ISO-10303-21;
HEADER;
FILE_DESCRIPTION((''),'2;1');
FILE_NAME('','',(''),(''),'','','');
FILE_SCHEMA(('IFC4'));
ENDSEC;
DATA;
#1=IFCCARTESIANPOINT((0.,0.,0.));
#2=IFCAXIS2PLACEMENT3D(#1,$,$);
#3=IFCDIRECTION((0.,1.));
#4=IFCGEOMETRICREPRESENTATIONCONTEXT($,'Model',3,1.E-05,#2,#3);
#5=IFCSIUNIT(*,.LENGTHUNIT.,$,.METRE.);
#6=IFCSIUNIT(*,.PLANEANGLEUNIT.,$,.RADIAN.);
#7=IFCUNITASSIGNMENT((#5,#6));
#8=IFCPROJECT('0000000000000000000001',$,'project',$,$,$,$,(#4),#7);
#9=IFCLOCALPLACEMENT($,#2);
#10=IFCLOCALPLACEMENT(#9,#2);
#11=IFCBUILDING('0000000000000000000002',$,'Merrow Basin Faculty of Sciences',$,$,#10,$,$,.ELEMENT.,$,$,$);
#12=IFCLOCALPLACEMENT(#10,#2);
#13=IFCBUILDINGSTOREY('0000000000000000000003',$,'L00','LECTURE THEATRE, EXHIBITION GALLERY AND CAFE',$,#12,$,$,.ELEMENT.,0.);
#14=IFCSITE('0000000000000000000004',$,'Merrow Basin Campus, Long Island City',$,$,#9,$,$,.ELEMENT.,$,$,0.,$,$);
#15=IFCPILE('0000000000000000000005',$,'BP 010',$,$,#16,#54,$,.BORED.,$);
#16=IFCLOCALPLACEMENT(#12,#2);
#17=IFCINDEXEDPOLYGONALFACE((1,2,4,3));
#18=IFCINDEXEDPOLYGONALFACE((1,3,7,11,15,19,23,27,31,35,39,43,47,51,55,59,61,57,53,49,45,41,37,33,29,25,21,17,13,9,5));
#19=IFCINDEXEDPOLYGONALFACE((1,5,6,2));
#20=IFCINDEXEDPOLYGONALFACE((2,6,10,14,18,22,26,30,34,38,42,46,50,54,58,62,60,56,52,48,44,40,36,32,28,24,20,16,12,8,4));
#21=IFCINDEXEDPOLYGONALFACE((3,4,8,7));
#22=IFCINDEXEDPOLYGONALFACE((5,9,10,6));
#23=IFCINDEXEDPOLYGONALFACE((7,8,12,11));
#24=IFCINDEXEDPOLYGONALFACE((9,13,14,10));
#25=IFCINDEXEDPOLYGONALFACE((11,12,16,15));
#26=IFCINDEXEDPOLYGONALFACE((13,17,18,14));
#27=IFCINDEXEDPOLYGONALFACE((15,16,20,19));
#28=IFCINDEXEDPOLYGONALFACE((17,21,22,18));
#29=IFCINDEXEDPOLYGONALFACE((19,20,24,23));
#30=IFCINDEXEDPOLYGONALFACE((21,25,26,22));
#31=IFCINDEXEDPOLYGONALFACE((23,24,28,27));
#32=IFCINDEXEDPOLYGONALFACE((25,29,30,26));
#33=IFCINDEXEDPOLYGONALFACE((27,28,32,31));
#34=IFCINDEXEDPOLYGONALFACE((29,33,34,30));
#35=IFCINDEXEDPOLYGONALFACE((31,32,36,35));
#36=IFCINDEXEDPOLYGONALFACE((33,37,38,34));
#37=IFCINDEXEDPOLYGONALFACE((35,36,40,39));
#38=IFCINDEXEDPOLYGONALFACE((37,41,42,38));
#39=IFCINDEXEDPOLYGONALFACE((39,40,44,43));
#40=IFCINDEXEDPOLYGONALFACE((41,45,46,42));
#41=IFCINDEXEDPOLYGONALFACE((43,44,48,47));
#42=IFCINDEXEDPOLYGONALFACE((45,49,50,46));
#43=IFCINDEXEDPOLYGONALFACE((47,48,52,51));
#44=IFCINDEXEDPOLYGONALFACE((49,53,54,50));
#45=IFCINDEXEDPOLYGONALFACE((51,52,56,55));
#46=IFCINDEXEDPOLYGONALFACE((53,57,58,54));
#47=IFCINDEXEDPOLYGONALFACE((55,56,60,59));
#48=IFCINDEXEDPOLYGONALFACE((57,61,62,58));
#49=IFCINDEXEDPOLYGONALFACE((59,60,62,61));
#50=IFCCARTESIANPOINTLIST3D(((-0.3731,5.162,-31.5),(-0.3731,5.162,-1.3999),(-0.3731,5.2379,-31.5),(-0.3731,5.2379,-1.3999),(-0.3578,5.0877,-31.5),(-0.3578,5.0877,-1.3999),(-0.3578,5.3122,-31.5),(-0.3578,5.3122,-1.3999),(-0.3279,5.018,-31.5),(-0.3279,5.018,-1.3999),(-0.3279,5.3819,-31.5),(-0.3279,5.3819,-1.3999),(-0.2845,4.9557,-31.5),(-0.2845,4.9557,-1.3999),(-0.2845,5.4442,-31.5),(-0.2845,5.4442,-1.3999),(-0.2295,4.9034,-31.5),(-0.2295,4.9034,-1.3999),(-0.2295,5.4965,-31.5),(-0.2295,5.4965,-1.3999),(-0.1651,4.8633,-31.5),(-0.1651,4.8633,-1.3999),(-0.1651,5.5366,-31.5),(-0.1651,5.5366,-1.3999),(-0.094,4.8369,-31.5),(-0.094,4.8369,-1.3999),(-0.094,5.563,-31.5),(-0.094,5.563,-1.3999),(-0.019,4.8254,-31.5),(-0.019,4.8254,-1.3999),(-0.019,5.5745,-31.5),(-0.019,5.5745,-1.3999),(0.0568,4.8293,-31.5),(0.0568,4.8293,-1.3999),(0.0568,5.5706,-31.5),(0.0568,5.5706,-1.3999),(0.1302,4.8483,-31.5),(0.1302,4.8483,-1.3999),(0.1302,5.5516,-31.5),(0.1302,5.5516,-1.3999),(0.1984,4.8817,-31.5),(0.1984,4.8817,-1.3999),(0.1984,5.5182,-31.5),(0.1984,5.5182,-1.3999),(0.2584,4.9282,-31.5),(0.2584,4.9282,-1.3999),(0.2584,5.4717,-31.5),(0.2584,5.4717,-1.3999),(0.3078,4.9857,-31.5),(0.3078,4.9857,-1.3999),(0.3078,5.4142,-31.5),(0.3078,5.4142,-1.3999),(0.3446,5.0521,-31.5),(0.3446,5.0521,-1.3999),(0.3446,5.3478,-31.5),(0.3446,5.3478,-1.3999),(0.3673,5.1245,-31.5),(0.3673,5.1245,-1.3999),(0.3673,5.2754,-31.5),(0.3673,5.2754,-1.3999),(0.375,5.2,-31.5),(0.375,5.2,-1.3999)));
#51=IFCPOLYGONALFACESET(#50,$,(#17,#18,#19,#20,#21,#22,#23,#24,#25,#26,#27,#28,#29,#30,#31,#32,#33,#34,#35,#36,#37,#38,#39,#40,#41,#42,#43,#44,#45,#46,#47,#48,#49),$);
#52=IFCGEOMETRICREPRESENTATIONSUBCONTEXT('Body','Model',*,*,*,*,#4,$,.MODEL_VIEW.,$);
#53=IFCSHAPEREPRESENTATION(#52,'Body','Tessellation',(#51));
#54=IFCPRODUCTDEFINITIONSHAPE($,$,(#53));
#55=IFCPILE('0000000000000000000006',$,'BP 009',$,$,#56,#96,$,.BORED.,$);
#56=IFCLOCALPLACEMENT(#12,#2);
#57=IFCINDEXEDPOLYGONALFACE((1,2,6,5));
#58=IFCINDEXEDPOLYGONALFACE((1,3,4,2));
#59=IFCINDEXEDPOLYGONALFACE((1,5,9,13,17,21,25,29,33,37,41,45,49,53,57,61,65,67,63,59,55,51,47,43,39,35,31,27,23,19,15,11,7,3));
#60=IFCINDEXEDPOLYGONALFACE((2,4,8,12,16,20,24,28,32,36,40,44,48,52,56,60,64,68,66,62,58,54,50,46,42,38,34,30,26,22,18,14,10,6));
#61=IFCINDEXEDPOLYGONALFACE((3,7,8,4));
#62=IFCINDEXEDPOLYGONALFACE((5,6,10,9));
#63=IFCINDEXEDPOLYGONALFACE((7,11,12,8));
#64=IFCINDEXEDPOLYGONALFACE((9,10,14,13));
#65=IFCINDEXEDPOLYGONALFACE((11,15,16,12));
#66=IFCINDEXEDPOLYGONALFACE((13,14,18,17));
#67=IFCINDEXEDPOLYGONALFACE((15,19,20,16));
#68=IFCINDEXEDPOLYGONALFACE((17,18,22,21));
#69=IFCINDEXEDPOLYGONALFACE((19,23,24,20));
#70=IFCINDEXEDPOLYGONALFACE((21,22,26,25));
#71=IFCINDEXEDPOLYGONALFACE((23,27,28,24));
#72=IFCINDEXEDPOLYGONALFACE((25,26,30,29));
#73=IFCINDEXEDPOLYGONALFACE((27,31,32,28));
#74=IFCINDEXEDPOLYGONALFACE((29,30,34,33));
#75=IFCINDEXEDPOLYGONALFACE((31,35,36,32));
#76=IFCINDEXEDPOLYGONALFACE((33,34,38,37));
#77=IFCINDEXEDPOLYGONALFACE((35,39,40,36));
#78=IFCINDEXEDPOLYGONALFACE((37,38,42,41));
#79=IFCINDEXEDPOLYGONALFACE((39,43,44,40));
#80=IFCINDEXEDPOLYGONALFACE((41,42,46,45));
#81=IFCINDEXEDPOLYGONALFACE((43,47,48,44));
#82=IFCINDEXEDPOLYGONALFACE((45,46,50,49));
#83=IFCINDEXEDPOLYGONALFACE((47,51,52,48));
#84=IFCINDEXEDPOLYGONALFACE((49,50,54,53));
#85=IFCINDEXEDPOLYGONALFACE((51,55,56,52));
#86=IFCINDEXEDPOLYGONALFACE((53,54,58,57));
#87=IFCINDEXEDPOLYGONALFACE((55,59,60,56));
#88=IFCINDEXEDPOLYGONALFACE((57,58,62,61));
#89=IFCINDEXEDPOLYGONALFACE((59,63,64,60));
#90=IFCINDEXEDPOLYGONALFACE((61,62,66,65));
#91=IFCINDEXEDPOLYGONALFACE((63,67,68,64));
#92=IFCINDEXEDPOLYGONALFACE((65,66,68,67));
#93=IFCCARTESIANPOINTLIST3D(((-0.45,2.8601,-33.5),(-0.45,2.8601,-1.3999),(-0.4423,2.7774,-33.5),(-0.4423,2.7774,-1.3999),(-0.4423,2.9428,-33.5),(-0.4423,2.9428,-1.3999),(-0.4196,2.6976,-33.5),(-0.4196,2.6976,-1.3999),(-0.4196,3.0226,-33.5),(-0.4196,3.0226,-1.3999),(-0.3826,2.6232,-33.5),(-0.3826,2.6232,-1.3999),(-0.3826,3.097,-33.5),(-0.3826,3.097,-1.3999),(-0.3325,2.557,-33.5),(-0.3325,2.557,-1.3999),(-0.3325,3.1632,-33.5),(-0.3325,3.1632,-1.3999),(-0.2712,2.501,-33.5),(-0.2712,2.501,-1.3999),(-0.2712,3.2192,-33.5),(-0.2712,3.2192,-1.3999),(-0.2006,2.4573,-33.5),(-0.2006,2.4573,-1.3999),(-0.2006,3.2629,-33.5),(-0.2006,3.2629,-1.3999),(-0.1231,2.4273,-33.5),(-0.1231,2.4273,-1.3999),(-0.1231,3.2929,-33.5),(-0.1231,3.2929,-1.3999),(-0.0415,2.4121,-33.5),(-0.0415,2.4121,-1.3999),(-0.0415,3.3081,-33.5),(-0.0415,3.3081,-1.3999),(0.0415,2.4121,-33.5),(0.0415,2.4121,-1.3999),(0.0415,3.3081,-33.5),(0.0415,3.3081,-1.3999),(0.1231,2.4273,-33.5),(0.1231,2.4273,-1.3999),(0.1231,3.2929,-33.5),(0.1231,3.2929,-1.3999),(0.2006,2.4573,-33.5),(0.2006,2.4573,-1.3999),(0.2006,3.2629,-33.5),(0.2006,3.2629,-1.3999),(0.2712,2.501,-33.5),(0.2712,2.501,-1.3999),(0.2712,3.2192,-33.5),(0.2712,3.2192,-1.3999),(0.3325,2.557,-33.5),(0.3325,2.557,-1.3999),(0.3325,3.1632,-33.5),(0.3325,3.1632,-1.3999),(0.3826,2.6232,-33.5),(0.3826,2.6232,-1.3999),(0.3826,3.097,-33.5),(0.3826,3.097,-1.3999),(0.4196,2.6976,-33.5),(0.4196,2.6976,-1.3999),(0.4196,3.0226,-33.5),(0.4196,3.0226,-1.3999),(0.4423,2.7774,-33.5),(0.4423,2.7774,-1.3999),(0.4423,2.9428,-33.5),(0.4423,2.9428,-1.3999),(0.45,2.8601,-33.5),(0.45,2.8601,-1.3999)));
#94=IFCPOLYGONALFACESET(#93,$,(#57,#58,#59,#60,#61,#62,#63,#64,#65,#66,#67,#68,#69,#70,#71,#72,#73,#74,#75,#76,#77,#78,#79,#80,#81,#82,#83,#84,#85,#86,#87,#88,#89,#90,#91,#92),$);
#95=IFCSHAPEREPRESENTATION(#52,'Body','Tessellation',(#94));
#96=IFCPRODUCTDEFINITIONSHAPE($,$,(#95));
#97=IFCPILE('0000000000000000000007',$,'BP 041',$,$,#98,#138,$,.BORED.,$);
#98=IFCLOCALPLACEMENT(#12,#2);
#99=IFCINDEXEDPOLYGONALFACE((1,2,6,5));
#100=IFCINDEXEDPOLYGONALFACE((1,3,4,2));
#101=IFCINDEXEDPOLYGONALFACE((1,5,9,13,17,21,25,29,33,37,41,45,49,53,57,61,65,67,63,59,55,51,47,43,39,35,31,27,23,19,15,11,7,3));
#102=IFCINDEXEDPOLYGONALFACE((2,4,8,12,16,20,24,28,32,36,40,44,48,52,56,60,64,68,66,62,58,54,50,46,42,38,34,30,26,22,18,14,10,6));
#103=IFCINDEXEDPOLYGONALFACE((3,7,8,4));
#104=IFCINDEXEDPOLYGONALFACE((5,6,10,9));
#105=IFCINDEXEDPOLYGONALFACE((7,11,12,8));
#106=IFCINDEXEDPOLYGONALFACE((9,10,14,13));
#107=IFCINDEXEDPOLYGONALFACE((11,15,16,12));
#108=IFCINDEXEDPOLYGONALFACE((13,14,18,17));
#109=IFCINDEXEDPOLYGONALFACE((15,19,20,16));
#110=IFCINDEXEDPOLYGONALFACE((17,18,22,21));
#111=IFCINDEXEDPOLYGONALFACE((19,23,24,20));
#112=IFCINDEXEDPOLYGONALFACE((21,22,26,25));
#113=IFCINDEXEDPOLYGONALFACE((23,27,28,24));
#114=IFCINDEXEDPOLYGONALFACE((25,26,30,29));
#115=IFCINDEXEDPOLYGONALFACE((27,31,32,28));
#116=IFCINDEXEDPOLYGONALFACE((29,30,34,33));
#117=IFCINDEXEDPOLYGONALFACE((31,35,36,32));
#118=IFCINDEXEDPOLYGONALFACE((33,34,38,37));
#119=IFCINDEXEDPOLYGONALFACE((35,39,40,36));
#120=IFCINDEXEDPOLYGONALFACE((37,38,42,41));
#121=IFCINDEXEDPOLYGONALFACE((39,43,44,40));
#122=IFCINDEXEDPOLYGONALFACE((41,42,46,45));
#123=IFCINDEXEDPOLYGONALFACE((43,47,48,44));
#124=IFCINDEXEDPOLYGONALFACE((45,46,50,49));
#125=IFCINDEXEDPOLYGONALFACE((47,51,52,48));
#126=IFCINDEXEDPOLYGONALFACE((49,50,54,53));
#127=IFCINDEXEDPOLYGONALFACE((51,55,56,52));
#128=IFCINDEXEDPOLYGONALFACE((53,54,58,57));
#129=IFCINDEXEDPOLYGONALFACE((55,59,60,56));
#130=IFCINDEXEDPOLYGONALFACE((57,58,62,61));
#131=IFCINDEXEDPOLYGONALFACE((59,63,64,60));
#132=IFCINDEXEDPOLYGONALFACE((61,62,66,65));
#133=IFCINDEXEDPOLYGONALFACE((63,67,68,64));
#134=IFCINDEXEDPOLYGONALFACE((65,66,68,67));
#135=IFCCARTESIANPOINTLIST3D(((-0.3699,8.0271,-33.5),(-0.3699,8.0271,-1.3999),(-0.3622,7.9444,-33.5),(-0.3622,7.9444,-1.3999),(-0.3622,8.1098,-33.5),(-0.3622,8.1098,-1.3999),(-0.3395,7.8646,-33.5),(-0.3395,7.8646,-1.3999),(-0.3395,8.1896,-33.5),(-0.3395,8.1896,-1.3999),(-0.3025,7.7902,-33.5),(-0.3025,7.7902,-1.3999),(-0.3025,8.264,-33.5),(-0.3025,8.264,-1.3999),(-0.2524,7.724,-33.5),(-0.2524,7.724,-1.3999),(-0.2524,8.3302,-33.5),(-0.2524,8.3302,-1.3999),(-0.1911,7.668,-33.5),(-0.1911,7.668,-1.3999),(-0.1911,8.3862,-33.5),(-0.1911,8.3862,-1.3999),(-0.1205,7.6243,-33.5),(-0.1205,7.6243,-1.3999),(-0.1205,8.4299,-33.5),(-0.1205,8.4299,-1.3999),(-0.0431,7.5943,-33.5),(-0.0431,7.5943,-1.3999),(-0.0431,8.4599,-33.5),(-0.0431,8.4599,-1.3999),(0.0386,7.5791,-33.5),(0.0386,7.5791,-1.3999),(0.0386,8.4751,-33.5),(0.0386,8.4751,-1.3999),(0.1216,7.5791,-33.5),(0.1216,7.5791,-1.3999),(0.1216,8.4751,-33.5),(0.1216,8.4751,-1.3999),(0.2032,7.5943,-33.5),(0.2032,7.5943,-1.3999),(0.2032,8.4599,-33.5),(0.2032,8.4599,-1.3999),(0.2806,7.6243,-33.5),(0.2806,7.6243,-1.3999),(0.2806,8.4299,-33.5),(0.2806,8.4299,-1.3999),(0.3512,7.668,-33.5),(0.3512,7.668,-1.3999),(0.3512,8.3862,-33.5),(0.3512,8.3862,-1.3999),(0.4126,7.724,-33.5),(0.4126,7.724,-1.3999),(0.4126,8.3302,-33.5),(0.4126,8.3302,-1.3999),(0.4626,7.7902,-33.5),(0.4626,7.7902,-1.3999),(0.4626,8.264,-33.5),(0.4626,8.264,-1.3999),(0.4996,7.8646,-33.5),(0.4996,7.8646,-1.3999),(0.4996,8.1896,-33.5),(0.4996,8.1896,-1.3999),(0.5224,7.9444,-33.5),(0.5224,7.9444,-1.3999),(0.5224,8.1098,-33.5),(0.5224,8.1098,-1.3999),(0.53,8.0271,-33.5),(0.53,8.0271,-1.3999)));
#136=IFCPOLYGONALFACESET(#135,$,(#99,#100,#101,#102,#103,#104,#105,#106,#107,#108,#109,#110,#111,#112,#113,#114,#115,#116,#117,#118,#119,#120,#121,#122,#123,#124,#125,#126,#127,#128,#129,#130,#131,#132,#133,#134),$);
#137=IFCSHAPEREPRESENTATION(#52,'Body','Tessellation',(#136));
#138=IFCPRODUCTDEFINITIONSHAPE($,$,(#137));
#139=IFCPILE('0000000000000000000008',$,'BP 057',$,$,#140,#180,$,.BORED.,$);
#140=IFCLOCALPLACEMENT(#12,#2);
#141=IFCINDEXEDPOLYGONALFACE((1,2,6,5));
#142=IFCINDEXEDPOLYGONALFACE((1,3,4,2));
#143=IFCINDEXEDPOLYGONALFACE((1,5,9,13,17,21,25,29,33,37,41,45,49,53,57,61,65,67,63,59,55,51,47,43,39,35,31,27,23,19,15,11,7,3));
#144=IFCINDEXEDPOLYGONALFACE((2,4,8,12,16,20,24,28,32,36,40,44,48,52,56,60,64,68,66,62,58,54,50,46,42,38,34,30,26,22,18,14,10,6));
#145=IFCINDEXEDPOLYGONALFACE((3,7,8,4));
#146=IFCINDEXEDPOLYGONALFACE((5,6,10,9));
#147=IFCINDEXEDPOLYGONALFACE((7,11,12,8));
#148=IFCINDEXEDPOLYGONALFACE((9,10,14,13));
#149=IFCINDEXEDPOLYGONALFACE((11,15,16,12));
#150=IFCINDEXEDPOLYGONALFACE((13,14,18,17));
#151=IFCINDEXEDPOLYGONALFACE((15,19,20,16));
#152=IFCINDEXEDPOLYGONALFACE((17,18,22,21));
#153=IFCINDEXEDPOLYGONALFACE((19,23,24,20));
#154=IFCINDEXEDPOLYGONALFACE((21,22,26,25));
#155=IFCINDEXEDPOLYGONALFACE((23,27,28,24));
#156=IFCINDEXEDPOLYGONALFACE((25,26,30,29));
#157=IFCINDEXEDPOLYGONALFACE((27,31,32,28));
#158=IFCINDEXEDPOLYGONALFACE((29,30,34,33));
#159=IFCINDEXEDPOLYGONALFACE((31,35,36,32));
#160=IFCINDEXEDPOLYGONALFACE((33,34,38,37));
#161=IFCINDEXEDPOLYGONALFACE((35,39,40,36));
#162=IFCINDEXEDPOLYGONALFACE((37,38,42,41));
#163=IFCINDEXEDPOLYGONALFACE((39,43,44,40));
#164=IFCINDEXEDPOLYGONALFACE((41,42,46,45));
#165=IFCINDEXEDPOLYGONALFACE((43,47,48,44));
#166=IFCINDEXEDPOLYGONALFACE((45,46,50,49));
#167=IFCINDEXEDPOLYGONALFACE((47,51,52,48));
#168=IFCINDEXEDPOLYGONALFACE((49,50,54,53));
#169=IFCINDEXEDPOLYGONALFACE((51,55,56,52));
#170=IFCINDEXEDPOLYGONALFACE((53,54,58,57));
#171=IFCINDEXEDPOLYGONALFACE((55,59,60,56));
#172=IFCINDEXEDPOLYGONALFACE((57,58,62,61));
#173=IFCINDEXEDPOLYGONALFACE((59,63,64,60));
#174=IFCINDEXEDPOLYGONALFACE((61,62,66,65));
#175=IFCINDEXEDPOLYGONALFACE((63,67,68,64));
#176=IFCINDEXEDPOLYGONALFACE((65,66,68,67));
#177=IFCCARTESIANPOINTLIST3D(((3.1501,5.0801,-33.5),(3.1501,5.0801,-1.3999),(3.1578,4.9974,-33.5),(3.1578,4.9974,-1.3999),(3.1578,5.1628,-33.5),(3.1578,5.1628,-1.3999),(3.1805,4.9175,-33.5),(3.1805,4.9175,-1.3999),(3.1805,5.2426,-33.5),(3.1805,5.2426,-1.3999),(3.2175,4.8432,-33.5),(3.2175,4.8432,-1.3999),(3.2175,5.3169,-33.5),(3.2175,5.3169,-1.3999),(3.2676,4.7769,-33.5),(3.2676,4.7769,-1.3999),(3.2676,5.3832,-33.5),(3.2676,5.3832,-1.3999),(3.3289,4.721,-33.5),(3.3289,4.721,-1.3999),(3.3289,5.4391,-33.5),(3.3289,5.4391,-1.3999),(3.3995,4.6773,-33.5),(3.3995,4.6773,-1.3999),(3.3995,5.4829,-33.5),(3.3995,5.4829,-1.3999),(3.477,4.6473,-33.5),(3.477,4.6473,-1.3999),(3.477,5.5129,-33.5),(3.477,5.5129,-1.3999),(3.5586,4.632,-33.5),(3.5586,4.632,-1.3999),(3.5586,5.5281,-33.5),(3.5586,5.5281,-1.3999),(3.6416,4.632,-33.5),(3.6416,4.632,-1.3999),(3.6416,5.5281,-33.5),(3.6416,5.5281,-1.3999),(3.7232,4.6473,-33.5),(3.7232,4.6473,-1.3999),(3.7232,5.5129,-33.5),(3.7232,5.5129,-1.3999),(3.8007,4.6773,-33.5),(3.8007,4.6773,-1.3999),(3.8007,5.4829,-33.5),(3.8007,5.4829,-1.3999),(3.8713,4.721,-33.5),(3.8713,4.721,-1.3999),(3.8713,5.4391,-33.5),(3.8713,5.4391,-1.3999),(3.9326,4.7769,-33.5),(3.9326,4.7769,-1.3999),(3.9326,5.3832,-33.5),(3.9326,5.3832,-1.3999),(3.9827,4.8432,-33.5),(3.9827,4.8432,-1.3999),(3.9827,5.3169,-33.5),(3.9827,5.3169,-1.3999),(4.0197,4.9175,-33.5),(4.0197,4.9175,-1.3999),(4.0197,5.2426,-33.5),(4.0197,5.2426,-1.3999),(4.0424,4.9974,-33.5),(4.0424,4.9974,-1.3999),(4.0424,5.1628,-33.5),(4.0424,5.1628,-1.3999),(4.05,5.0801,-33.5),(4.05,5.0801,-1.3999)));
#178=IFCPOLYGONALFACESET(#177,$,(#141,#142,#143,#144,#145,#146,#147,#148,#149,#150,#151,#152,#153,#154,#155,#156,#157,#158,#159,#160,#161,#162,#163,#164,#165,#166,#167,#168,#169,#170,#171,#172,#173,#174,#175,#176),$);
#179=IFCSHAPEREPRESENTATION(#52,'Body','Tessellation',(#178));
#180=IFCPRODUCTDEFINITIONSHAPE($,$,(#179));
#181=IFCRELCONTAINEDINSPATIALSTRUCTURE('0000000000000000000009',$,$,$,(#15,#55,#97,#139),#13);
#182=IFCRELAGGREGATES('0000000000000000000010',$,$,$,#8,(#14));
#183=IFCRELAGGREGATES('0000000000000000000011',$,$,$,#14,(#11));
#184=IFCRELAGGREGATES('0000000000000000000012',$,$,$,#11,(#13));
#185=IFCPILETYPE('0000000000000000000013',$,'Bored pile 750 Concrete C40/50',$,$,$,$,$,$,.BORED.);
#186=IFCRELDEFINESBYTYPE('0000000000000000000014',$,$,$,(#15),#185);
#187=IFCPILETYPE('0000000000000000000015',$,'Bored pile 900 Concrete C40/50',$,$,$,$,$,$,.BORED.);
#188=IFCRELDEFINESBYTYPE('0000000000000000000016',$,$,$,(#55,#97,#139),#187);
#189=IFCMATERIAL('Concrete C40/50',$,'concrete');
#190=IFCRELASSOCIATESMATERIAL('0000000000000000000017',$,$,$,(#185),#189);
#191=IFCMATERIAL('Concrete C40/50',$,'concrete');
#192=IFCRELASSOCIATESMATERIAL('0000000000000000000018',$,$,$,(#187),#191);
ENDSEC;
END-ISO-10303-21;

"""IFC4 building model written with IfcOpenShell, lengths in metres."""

from ifc_helpers import new_model, si_unit, direction, frame, origin, origin_2d, place, context, subcontext, project, spatial, circle, extrude, material, material_profile, profile_set, type_object, element, save


model = new_model("IFC4")

# Units and contexts
model_context = context("Model", 3, precision=1e-05, world=origin(), true_north=direction((0.0, 1.0)))
body_context = subcontext(model_context, "Body", "Model", "MODEL_VIEW")
ifc_project = project(units=[si_unit("LENGTHUNIT", "METRE"), si_unit("PLANEANGLEUNIT", "RADIAN")], contexts=[model_context])

# Site, building, storey
site_placement = place(None, origin())
site = spatial("IfcSite", under=ifc_project, at=site_placement, Name="Merrow Basin Campus, Long Island City", CompositionType="ELEMENT", RefElevation=0.0)
building_placement = place(site_placement, origin())
building = spatial("IfcBuilding", under=site, at=building_placement, Name="Merrow Basin Faculty of Sciences", CompositionType="ELEMENT")
storey_placement = place(building_placement, origin())
storey = spatial("IfcBuildingStorey", under=building, at=storey_placement, Name="L00", Description="LECTURE THEATRE, EXHIBITION GALLERY AND CAFE", CompositionType="ELEMENT", Elevation=0.0)

# Piles
ifc_material_1 = material(Name="Concrete C40/50", Category="concrete")
ifc_material_profile_1 = material_profile(ifc_material_1, circle(Radius=0.375, at=origin_2d()))
ifc_profile_set_1 = profile_set([ifc_material_profile_1], Name="Concrete C40/50")
pile_type_1 = type_object("IfcPileType", Name="Bored pile 750 Concrete C40/50", PredefinedType="BORED", material=ifc_profile_set_1)
pile_placement = place(storey_placement, frame((0.0, 5.2, -1.3999), z_axis=(0.0, 0.0, -1.0), x_axis=(1.0, 0.0, 0.0)))
element("IfcPile", 1, at=pile_placement, inside=storey, type_object=pile_type_1, Name="BP 010", PredefinedType="BORED", context=body_context, shape_type="SweptSolid", body=[
    extrude(circle(Radius=0.375, at=origin_2d()), origin(), (0.0, 0.0, 1.0), 30.1001),
])
ifc_material_2 = material(Name="Concrete C40/50", Category="concrete")
ifc_material_profile_2 = material_profile(ifc_material_2, circle(Radius=0.45, at=origin_2d()))
ifc_profile_set_2 = profile_set([ifc_material_profile_2], Name="Concrete C40/50")
pile_type_2 = type_object("IfcPileType", Name="Bored pile 900 Concrete C40/50", PredefinedType="BORED", material=ifc_profile_set_2)
for number, where, z_axis, x_axis, name in (
    (2, (0.0, 2.8601, -1.3999), (0.0, 0.0, -1.0), (1.0, 0.0, 0.0), "BP 009"),
    (3, (0.0801, 8.0271, -1.3999), (0.0, 0.0, -1.0), (1.0, 0.0, 0.0), "BP 041"),
    (4, (3.6001, 5.0801, -1.3999), (0.0, 0.0, -1.0), (1.0, 0.0, 0.0), "BP 057"),
):
    element("IfcPile", number, at=place(storey_placement, frame(where, z_axis=z_axis, x_axis=x_axis)), inside=storey, type_object=pile_type_2, Name=name, PredefinedType="BORED", context=body_context, shape_type="SweptSolid", body=[
        extrude(circle(Radius=0.45, at=origin_2d()), origin(), (0.0, 0.0, 1.0), 32.1001),
    ])

save(model, "model.ifc")
